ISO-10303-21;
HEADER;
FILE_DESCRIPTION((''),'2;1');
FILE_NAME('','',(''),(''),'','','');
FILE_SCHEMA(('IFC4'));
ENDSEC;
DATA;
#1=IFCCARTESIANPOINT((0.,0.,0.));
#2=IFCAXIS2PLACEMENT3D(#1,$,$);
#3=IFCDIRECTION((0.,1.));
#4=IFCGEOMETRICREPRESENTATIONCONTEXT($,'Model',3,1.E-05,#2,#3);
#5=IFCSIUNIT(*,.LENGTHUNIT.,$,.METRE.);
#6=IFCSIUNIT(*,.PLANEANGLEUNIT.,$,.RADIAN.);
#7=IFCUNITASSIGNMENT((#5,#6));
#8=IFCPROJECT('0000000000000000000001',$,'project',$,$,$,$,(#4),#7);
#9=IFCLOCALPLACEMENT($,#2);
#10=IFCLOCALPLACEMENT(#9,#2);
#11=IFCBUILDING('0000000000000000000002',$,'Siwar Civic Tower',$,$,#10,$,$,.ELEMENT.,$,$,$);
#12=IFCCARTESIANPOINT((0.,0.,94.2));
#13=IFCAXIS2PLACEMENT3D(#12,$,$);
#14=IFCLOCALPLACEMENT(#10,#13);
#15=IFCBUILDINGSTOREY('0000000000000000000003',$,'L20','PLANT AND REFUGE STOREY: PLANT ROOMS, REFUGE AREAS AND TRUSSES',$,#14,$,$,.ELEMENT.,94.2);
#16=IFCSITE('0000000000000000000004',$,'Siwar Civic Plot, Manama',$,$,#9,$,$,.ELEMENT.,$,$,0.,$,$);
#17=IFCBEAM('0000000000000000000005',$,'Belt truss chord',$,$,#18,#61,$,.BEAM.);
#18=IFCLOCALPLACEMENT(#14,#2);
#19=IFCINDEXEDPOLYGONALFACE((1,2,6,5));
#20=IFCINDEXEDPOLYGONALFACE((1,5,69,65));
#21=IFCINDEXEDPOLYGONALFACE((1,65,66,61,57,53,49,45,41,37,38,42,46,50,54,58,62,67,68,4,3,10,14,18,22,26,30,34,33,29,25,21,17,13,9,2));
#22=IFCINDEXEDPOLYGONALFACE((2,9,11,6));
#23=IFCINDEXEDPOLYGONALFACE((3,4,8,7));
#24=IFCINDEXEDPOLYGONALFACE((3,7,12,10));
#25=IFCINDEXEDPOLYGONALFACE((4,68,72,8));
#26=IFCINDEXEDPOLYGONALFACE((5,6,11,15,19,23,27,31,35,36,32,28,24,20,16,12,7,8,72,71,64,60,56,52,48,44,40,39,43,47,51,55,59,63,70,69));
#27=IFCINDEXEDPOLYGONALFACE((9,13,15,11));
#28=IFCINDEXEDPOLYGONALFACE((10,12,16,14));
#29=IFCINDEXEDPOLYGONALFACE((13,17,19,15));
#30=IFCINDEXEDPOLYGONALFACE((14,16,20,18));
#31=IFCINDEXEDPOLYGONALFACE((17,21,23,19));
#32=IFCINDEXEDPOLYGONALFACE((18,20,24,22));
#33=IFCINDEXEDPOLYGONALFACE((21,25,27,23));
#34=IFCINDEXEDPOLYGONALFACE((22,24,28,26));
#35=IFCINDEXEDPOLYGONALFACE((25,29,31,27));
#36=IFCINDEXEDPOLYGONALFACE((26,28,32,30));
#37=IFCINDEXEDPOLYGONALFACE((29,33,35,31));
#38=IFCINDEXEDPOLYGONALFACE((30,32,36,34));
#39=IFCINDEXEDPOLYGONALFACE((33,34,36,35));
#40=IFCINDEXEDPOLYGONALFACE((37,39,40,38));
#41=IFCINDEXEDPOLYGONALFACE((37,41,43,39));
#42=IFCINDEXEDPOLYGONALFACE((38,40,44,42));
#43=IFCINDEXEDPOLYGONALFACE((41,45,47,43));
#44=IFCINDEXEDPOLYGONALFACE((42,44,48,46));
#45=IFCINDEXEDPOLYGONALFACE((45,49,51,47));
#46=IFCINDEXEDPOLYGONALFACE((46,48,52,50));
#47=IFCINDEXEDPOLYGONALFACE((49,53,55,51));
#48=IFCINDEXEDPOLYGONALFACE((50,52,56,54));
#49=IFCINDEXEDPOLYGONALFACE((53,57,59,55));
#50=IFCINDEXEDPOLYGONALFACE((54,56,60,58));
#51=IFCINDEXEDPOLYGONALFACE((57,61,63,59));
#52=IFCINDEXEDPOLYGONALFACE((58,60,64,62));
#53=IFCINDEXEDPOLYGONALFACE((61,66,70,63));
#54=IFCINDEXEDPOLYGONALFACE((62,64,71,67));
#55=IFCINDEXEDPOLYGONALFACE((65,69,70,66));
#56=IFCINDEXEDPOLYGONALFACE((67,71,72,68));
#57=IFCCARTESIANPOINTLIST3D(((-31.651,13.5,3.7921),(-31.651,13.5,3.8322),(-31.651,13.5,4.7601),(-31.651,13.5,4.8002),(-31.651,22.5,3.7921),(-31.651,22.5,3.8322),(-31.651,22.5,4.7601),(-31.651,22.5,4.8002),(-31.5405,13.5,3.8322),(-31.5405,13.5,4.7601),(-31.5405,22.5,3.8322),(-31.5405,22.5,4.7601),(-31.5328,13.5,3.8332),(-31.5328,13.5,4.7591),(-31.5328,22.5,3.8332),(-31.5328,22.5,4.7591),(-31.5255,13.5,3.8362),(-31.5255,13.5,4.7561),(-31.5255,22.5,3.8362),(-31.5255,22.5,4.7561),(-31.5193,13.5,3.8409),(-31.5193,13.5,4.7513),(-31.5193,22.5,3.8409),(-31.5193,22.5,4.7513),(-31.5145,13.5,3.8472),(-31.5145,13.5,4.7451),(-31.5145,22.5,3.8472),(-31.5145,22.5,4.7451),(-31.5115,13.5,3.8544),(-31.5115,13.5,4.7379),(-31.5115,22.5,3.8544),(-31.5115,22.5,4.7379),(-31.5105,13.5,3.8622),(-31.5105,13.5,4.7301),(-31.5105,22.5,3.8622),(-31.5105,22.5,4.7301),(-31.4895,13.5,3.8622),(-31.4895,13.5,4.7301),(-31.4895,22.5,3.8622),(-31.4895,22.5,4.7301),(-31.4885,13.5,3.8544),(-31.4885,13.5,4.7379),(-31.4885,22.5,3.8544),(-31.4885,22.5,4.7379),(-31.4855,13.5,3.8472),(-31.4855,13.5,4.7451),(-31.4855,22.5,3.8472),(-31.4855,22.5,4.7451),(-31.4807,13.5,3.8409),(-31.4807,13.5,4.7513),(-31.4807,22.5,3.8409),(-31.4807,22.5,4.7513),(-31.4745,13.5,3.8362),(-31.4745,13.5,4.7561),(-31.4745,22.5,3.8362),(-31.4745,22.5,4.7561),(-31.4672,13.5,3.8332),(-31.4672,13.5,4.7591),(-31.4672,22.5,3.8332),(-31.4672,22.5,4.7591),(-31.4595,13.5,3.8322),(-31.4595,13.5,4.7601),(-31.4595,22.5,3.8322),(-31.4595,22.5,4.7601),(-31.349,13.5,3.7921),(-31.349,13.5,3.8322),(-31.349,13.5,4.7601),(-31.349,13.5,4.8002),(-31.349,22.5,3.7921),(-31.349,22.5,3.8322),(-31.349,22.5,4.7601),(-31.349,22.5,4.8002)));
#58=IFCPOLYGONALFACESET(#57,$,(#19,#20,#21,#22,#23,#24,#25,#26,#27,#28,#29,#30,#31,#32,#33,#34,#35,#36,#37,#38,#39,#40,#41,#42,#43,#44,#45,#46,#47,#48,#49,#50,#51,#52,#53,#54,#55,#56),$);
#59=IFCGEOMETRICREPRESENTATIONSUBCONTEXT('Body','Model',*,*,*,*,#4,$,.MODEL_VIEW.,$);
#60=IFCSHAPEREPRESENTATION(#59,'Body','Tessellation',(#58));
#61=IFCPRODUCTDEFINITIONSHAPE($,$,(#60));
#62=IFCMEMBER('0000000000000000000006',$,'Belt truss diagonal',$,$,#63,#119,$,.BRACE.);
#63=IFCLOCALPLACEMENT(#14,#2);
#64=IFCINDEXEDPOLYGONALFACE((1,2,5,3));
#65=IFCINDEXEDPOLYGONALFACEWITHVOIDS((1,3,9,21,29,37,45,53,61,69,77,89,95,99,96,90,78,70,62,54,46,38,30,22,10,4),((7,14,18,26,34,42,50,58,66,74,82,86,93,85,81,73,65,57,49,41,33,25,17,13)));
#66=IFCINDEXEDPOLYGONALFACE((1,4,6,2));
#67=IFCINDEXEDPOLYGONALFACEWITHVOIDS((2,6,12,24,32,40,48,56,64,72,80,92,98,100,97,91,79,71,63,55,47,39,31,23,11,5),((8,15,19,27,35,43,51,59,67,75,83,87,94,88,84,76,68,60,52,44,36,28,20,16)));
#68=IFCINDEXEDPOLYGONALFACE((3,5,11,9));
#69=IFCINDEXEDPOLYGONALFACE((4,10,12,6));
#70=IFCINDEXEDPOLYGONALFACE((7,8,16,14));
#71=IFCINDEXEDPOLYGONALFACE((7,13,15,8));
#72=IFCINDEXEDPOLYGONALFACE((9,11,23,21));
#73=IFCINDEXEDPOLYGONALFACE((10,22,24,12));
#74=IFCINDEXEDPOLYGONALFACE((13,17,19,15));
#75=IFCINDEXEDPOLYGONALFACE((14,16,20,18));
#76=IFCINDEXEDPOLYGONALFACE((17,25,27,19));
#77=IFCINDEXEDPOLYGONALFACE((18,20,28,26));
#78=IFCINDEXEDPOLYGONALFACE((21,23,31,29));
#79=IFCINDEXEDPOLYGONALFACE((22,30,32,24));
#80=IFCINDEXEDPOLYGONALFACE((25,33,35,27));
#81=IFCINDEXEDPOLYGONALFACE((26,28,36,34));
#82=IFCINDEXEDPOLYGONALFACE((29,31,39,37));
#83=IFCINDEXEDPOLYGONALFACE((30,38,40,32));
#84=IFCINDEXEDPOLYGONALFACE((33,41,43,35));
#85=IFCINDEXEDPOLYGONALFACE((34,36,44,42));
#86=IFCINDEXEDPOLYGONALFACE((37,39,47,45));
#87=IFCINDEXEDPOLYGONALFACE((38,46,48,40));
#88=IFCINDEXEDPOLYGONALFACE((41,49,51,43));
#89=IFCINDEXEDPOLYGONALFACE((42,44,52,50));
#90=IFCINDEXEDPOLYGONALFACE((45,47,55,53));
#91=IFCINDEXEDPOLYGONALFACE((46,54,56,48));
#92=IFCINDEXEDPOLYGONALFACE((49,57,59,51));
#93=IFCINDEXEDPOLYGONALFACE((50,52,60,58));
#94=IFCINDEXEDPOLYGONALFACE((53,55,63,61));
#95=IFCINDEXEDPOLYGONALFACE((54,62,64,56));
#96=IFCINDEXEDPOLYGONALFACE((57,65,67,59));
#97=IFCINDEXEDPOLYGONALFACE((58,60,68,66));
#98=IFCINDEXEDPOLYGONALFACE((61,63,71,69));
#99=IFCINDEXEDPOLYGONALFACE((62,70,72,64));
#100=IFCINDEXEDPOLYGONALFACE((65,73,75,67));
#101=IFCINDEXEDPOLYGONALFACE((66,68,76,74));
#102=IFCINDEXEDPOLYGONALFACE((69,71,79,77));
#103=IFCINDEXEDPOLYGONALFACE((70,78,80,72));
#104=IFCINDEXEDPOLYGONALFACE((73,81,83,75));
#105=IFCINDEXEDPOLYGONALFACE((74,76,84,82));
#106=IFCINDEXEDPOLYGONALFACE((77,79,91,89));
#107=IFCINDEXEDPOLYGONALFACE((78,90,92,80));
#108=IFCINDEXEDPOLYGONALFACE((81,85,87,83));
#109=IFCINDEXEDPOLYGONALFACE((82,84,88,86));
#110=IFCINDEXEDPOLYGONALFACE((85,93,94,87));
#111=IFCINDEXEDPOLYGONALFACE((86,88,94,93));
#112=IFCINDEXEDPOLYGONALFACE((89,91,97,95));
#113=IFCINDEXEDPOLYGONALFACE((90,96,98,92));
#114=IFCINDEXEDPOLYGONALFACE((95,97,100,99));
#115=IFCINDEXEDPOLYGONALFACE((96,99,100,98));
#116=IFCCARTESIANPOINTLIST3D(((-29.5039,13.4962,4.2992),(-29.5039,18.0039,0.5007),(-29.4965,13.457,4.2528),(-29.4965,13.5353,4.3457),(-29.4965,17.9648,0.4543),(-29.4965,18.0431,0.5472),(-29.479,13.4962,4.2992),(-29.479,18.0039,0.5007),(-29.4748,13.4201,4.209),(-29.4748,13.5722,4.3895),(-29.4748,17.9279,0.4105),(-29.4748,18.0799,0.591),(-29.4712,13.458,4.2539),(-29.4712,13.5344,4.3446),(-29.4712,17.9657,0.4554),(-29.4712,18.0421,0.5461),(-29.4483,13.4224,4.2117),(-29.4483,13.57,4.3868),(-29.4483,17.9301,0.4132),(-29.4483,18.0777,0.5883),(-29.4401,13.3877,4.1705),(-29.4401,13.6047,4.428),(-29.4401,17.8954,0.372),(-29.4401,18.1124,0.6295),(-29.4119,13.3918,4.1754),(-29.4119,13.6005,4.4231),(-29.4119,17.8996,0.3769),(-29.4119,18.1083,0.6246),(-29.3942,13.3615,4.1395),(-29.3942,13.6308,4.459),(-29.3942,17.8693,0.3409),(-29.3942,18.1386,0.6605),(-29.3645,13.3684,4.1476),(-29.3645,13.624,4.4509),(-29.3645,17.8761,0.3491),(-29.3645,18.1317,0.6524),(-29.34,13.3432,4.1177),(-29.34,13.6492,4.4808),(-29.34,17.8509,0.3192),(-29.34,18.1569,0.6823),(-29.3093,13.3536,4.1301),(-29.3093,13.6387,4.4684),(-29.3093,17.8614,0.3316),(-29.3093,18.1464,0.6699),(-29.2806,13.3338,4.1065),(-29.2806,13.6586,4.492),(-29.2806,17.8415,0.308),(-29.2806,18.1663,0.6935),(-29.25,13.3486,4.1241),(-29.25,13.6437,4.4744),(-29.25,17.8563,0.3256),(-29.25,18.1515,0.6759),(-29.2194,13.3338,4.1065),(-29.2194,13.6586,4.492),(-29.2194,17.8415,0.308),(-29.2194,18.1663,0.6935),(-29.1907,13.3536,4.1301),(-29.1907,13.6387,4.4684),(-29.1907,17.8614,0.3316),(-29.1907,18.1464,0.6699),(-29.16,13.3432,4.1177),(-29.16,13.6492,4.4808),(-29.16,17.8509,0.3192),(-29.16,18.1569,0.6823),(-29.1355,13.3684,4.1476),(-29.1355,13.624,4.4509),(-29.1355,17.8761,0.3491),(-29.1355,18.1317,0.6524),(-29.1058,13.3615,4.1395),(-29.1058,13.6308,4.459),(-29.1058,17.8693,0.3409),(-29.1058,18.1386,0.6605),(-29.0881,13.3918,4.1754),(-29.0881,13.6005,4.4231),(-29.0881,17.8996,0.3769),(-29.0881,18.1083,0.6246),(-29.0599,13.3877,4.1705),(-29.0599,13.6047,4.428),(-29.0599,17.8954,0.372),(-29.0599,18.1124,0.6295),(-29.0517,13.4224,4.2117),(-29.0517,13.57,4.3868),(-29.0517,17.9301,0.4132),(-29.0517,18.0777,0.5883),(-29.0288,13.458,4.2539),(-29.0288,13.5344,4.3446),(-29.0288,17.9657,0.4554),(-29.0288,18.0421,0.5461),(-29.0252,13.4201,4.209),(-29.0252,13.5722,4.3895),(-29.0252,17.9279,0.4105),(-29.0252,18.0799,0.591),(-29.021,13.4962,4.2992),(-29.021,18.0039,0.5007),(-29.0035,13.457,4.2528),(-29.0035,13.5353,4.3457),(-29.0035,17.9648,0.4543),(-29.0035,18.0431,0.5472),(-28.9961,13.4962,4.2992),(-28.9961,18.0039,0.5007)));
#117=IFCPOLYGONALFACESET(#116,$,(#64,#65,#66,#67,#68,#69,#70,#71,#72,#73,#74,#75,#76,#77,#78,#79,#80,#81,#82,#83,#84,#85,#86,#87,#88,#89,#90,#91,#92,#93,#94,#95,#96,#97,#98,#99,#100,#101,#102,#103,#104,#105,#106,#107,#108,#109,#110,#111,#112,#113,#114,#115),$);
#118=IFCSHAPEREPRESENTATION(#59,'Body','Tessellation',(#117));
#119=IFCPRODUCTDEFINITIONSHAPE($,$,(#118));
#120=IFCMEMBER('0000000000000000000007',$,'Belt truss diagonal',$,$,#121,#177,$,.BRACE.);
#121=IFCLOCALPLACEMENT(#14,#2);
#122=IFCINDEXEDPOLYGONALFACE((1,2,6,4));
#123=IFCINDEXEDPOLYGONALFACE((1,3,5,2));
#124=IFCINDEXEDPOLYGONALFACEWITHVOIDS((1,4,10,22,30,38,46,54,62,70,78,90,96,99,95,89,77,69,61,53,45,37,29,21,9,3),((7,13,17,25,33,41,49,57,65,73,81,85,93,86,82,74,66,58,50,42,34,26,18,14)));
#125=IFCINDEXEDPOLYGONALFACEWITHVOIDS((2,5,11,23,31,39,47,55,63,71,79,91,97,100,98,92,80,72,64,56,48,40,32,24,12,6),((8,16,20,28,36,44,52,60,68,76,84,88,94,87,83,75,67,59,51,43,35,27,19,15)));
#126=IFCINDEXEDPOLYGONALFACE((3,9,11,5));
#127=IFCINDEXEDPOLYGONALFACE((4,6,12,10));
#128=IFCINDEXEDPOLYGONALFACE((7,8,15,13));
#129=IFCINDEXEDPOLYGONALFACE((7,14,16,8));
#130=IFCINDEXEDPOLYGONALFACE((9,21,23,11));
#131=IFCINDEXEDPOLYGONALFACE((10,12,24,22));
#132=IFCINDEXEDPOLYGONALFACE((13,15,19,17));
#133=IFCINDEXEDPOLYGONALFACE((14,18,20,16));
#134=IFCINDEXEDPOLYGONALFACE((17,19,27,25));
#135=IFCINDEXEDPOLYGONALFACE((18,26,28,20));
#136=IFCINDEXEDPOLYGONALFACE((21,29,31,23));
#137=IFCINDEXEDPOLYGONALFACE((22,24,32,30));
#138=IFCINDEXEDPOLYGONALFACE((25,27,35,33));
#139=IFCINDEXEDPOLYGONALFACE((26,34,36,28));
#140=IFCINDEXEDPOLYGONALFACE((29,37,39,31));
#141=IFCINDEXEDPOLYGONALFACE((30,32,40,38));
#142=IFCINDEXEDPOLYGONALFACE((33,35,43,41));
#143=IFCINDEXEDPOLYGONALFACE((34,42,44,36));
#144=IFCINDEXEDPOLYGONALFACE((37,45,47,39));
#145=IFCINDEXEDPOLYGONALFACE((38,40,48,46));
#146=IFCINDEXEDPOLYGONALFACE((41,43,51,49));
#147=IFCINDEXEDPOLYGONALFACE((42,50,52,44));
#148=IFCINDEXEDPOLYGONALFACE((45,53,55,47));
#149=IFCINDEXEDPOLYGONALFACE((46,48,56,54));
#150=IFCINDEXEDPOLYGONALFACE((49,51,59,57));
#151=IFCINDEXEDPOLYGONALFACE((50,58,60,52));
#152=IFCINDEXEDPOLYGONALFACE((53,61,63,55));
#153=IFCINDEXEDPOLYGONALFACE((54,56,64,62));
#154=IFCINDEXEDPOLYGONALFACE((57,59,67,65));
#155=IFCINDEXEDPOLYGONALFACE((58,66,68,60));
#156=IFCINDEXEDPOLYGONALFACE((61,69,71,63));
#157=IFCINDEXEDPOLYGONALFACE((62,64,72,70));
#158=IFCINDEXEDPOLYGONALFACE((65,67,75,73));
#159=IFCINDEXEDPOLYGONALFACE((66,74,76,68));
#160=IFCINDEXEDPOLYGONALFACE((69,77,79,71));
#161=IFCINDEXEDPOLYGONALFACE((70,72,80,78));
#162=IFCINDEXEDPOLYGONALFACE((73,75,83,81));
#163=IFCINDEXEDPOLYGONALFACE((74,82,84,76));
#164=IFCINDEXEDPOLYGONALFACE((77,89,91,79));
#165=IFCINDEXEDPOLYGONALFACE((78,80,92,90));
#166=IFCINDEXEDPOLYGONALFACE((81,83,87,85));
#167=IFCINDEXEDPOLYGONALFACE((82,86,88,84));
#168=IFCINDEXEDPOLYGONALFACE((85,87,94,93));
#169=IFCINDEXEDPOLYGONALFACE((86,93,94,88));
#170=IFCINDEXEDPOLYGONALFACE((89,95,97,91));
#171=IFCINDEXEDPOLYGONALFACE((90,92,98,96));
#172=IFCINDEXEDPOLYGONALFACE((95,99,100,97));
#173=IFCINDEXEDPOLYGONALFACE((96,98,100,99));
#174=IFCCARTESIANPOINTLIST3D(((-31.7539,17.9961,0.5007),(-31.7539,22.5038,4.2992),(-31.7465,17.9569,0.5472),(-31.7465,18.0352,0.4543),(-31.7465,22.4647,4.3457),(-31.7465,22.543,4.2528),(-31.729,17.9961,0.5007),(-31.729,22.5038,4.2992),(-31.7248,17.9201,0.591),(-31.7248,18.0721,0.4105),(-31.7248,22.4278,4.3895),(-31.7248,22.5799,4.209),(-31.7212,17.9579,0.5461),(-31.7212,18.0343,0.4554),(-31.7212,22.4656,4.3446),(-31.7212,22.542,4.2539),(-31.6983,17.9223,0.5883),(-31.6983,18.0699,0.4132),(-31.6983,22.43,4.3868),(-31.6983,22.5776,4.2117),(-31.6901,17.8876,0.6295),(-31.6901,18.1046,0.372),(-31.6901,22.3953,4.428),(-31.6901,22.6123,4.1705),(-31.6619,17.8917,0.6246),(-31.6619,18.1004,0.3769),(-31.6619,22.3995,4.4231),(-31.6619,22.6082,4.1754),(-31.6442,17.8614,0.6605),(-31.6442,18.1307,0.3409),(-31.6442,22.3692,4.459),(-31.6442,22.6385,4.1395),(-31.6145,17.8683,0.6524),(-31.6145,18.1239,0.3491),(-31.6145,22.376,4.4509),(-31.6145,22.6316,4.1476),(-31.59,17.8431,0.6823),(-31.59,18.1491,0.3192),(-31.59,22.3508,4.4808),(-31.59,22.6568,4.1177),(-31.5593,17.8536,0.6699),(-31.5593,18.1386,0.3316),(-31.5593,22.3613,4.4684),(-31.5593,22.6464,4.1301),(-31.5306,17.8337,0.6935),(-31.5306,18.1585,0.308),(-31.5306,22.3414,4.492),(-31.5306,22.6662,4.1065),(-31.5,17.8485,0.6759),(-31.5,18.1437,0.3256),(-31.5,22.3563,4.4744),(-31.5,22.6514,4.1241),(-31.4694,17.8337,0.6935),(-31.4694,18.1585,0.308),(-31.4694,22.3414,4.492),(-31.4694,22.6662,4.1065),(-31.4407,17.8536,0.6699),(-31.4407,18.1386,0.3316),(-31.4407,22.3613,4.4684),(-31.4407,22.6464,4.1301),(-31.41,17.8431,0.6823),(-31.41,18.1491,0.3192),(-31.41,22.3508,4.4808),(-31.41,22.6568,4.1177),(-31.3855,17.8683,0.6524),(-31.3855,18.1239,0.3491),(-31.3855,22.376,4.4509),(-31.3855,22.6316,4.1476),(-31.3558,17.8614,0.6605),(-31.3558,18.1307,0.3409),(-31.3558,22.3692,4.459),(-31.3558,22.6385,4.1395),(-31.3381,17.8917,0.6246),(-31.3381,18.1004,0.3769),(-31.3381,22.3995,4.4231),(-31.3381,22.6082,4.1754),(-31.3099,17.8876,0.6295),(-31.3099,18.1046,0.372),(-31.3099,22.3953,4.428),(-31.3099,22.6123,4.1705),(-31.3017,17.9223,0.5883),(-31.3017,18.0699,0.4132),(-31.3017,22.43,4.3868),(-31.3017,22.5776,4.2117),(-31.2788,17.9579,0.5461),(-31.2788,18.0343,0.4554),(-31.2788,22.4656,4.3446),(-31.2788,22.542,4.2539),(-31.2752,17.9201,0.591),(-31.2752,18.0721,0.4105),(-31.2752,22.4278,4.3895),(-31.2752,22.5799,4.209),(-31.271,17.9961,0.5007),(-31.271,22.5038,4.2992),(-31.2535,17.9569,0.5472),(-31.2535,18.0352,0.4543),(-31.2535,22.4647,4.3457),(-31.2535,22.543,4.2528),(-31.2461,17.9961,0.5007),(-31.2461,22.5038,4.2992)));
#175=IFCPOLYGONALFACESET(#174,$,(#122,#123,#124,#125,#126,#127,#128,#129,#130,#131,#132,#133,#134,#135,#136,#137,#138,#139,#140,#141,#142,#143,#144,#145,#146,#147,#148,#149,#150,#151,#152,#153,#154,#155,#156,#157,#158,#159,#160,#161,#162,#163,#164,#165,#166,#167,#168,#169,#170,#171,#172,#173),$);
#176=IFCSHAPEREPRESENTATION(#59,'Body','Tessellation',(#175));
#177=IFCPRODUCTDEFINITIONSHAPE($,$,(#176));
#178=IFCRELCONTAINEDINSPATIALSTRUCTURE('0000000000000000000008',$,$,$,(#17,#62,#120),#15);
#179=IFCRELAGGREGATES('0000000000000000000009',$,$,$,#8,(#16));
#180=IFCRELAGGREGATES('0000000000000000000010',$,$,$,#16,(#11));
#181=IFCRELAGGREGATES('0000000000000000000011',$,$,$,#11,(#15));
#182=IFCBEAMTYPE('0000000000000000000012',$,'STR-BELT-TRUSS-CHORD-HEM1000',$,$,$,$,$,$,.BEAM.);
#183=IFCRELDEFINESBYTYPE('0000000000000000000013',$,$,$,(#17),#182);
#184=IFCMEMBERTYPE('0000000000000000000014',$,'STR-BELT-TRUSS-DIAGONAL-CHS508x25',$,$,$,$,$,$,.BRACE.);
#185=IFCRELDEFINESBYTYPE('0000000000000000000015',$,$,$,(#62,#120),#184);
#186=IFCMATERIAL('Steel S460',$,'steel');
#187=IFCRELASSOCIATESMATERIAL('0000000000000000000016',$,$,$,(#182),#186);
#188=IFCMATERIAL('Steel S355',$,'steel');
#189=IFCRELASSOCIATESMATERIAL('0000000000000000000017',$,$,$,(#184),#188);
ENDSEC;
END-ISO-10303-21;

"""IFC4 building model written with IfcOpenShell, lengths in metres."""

from ifc_helpers import new_model, si_unit, direction, frame, origin, origin_2d, place, context, subcontext, project, spatial, hollow_circle, i_section, extrude, material, material_profile, profile_set, type_object, element, save


model = new_model("IFC4")

# Units and contexts
model_context = context("Model", 3, precision=1e-05, world=origin(), true_north=direction((0.0, 1.0)))
body_context = subcontext(model_context, "Body", "Model", "MODEL_VIEW")
ifc_project = project(units=[si_unit("LENGTHUNIT", "METRE"), si_unit("PLANEANGLEUNIT", "RADIAN")], contexts=[model_context])

# Site, building, storey
site_placement = place(None, origin())
site = spatial("IfcSite", under=ifc_project, at=site_placement, Name="Siwar Civic Plot, Manama", CompositionType="ELEMENT", RefElevation=0.0)
building_placement = place(site_placement, origin())
building = spatial("IfcBuilding", under=site, at=building_placement, Name="Siwar Civic Tower", CompositionType="ELEMENT")
storey_placement = place(building_placement, frame((0.0, 0.0, 94.2)))
storey = spatial("IfcBuildingStorey", under=building, at=storey_placement, Name="L20", Description="PLANT AND REFUGE STOREY: PLANT ROOMS, REFUGE AREAS AND TRUSSES", CompositionType="ELEMENT", Elevation=94.2)

# Beam
ifc_material_1 = material(Name="Steel S460", Category="steel")
ifc_material_profile_1 = material_profile(ifc_material_1, i_section(OverallWidth=0.302, OverallDepth=1.0081, WebThickness=0.021, FlangeThickness=0.04, FilletRadius=0.03, at=origin_2d()), Name="HEM1000")
ifc_profile_set_1 = profile_set([ifc_material_profile_1], Name="Steel S460")
beam_type_1 = type_object("IfcBeamType", Name="STR-BELT-TRUSS-CHORD-HEM1000", PredefinedType="BEAM", material=ifc_profile_set_1)
for number, where, z_axis, x_axis, name in (
    (1, (-31.5, 22.5, 4.2961), (0.0, -1.0, 0.0), (1.0, 0.0, 0.0), "Belt truss chord"),
):
    element("IfcBeam", number, at=place(storey_placement, frame(where, z_axis=z_axis, x_axis=x_axis)), inside=storey, type_object=beam_type_1, Name=name, PredefinedType="BEAM", context=body_context, shape_type="SweptSolid", body=[
        extrude(i_section(OverallWidth=0.302, OverallDepth=1.0081, WebThickness=0.021, FlangeThickness=0.04, FilletRadius=0.03, at=origin_2d()), origin(), (0.0, 0.0, 1.0), 9.0),
    ])

# Members
ifc_material_2 = material(Name="Steel S355", Category="steel")
ifc_material_profile_2 = material_profile(ifc_material_2, hollow_circle(Radius=0.2539, WallThickness=0.0249, at=origin_2d()), Name="CHS508x25")
ifc_profile_set_2 = profile_set([ifc_material_profile_2], Name="Steel S355")
member_type_1 = type_object("IfcMemberType", Name="STR-BELT-TRUSS-DIAGONAL-CHS508x25", PredefinedType="BRACE", material=ifc_profile_set_2)
for number, where, z_axis, x_axis, name in (
    (2, (-29.25, 18.0039, 0.5007), (0.0, -0.7647, 0.644387), (1.0, 0.0, 0.0), "Belt truss diagonal"),
    (3, (-31.5, 17.9961, 0.5007), (0.0, 0.7647, 0.644387), (-1.0, 0.0, 0.0), "Belt truss diagonal"),
):
    element("IfcMember", number, at=place(storey_placement, frame(where, z_axis=z_axis, x_axis=x_axis)), inside=storey, type_object=member_type_1, Name=name, PredefinedType="BRACE", context=body_context, shape_type="SweptSolid", body=[
        extrude(hollow_circle(Radius=0.2539, WallThickness=0.0249, at=origin_2d()), origin(), (0.0, 0.0, 1.0), 5.8948),
    ])

save(model, "model.ifc")
